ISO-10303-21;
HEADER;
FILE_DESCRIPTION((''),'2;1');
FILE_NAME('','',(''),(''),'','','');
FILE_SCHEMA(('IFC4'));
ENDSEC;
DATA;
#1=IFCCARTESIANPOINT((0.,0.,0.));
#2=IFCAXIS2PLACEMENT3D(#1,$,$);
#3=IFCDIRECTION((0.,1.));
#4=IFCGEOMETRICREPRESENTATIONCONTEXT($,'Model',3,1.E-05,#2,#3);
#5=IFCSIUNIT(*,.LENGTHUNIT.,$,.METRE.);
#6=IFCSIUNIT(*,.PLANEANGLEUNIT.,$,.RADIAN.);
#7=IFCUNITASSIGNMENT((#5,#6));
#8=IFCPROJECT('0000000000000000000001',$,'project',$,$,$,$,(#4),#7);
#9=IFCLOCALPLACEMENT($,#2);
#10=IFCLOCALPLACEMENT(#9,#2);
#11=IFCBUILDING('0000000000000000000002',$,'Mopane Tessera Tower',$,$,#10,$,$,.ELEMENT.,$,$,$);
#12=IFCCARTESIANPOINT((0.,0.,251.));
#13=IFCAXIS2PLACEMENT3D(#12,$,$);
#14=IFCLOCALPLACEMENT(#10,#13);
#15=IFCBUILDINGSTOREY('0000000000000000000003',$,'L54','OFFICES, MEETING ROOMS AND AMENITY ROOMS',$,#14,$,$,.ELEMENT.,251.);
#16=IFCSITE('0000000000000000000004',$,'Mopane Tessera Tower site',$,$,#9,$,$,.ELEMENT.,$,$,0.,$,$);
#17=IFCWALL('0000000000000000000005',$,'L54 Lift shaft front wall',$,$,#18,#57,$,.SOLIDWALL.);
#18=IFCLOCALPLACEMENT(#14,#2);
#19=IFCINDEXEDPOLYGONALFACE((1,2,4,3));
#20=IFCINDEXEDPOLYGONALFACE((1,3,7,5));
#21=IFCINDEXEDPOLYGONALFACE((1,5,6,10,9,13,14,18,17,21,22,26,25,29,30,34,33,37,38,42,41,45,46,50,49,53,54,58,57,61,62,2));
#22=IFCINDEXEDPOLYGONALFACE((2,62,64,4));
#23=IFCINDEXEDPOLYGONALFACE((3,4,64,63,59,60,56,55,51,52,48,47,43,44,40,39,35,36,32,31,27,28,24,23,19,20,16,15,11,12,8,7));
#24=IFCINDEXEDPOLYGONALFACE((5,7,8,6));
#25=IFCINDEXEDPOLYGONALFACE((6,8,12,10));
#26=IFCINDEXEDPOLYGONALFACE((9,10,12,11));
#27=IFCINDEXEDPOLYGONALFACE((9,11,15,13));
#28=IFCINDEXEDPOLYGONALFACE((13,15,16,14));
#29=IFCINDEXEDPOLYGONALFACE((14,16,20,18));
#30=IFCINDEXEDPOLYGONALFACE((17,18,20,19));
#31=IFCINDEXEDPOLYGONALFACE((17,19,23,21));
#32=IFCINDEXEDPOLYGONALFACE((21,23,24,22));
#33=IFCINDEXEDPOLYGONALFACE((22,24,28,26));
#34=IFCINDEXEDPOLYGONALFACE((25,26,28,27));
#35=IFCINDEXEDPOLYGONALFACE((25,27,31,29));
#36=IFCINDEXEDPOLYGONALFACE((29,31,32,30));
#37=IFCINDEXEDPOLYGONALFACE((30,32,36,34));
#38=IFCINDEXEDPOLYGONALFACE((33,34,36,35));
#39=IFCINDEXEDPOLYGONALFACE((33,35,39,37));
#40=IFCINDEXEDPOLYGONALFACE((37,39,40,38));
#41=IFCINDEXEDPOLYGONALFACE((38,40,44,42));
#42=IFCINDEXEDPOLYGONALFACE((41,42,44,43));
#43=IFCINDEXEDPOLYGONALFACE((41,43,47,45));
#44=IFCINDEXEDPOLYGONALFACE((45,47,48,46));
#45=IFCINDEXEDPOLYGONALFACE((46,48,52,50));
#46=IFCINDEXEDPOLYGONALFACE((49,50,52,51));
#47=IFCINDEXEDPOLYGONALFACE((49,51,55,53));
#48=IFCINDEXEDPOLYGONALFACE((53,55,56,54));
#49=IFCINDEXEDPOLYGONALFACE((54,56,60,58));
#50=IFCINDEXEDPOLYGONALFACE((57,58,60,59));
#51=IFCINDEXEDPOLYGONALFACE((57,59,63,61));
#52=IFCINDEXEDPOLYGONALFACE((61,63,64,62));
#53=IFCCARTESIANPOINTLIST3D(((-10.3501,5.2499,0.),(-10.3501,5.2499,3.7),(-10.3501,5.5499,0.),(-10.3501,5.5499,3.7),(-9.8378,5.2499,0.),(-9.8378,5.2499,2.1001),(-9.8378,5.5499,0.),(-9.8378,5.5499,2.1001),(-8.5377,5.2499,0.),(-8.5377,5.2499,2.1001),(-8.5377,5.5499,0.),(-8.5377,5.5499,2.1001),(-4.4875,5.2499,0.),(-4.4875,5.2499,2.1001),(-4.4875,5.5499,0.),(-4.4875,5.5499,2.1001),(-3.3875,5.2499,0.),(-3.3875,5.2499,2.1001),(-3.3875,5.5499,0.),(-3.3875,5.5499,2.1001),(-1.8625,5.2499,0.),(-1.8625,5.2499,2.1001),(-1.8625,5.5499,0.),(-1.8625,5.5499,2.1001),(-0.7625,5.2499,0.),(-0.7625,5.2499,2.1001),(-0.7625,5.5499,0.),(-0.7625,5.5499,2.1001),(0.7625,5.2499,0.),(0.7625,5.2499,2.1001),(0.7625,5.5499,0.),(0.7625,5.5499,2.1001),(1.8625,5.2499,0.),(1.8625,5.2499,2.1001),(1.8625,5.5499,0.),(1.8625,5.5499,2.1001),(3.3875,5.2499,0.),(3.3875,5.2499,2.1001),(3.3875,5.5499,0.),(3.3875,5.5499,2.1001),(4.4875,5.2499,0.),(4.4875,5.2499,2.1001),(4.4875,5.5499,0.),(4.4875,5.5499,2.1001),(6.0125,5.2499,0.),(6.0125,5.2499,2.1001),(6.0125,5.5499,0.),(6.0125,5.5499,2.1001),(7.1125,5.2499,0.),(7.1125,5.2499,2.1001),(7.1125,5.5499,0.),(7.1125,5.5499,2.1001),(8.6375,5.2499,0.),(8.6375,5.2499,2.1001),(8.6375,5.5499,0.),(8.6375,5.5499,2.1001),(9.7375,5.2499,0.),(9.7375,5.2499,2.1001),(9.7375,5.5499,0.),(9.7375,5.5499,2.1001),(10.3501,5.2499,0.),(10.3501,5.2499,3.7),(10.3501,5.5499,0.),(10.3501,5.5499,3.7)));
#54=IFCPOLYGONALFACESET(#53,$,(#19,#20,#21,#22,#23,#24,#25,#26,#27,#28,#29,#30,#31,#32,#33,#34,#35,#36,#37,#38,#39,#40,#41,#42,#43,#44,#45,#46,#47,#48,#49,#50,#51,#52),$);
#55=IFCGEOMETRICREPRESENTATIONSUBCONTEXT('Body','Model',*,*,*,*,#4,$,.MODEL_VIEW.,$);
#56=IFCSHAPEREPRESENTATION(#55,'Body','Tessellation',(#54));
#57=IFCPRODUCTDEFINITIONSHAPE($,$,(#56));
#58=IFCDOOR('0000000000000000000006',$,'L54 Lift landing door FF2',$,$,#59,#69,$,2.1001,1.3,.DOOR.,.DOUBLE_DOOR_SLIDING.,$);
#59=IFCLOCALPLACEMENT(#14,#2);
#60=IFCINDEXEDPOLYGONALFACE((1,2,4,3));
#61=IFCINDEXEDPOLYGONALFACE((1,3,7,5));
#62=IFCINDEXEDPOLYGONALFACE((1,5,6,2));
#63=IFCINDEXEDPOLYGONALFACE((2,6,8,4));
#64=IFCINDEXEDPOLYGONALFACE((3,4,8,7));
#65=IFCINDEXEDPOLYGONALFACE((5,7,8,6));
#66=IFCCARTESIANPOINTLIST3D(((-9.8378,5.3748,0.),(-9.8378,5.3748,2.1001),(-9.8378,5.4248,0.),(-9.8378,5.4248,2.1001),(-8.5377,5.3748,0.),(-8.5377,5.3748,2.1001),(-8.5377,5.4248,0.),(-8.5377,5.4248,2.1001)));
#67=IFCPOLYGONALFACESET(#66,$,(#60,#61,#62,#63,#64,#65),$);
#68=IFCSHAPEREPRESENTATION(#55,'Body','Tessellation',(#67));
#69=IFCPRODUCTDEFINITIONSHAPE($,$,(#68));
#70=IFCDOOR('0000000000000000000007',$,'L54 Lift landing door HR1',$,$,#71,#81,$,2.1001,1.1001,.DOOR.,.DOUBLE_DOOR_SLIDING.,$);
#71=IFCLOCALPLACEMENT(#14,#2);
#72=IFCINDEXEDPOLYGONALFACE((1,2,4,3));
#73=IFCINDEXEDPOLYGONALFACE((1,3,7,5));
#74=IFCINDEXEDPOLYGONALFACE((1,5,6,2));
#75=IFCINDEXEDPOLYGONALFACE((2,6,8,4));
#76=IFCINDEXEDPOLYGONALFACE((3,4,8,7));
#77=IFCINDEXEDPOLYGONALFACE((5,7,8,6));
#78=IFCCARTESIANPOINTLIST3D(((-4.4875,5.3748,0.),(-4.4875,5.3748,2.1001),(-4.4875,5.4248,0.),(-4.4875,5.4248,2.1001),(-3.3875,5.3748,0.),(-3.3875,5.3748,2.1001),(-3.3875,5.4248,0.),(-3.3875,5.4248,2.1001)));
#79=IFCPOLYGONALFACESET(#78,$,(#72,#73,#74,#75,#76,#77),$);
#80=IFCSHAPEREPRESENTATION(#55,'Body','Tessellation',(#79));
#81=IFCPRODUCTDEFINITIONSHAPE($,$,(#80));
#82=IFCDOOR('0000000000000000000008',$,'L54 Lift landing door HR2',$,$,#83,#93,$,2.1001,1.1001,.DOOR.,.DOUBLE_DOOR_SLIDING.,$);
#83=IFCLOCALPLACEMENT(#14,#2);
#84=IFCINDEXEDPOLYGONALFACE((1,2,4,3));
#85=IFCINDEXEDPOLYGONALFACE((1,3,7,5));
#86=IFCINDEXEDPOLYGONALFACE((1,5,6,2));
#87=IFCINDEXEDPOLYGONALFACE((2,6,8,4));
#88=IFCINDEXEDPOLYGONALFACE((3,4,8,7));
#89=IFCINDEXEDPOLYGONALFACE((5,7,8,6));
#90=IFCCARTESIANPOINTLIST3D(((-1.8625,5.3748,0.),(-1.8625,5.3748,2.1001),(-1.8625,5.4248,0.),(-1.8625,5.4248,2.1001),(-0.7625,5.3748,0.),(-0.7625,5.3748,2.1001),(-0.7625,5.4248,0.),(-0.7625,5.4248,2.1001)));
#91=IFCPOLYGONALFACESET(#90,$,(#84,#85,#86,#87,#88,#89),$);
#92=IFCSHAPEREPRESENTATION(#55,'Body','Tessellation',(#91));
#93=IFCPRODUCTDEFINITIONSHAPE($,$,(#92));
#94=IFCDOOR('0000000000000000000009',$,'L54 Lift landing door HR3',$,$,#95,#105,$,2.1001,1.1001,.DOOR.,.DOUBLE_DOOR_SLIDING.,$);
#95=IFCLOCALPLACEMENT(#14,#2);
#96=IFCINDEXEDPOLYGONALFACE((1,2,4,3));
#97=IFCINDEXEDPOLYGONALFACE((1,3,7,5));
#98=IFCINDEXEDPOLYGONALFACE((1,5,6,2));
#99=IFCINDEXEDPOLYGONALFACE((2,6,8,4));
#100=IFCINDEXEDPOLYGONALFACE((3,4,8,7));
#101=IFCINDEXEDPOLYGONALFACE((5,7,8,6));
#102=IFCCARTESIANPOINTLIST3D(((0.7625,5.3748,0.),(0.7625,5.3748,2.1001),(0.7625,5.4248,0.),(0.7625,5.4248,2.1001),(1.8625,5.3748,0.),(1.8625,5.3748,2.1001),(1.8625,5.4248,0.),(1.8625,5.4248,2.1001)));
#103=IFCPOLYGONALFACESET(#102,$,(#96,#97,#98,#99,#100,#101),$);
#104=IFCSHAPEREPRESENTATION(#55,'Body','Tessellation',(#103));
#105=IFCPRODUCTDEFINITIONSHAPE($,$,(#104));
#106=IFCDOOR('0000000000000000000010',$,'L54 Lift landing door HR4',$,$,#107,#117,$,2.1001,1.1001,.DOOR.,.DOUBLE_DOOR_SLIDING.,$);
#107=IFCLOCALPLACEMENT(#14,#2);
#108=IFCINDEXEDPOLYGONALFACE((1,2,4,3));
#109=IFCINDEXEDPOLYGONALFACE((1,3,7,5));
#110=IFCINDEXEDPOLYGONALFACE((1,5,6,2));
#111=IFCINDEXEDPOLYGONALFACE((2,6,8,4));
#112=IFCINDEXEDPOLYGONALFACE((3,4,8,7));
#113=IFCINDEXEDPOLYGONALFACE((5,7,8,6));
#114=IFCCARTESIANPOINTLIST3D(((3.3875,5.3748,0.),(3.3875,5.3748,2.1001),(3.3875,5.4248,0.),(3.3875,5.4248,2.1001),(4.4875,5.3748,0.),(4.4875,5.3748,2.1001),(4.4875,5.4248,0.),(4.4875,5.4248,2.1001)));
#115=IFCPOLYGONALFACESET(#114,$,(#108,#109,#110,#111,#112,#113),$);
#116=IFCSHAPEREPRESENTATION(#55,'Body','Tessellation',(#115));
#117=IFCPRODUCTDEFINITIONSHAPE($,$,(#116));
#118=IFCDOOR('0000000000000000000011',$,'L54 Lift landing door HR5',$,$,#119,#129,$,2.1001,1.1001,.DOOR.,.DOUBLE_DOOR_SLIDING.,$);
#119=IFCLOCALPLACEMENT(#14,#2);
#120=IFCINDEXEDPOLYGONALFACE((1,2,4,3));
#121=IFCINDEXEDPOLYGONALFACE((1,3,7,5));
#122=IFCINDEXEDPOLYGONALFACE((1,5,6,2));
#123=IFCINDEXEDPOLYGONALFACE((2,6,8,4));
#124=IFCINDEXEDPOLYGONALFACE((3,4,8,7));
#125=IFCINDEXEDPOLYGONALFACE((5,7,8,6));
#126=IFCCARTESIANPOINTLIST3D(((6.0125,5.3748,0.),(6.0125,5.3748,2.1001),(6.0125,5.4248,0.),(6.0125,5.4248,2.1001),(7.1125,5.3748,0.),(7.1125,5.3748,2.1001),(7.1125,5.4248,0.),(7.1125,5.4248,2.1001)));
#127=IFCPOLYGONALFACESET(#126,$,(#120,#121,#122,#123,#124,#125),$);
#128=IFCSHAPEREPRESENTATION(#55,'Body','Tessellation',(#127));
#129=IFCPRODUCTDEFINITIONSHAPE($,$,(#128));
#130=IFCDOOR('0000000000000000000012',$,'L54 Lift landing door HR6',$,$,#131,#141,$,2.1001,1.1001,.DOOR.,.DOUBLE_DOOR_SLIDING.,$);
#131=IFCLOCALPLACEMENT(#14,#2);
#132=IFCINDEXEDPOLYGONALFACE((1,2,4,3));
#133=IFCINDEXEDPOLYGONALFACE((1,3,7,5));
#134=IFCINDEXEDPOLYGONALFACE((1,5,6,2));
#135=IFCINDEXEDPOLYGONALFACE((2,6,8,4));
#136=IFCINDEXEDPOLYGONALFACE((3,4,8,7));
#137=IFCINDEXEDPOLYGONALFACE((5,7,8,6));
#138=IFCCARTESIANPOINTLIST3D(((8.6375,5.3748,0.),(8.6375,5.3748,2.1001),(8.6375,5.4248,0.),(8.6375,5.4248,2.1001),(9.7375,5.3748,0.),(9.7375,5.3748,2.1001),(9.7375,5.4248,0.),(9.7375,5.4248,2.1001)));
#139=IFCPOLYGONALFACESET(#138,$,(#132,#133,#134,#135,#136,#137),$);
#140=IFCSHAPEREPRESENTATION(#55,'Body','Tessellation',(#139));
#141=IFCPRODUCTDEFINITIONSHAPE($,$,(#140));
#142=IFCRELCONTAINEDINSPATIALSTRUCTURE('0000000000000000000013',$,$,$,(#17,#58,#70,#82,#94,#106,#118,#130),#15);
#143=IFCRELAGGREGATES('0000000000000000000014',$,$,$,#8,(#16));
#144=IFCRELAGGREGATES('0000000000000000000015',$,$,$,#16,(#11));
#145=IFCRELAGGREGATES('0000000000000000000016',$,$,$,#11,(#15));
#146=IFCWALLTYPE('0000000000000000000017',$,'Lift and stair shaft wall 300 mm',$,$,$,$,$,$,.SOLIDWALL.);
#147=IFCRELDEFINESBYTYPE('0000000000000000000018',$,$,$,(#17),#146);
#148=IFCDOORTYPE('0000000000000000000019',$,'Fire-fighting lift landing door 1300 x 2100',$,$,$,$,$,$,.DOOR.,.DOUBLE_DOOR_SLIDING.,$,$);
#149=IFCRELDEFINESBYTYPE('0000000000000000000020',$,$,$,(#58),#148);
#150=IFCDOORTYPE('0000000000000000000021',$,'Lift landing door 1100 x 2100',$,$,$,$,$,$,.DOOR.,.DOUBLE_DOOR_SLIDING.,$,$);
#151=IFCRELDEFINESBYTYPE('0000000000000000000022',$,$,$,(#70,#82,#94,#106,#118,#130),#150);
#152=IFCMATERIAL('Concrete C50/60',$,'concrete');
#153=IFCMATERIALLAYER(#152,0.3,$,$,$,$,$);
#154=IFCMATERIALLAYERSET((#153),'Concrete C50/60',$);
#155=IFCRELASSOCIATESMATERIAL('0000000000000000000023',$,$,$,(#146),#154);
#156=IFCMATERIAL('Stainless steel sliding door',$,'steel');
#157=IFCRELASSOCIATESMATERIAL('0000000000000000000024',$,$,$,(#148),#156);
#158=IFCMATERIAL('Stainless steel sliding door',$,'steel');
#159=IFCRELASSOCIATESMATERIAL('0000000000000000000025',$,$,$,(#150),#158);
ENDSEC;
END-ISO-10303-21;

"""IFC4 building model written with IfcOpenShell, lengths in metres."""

from ifc_helpers import new_model, si_unit, direction, frame, frame_2d, origin, place, context, subcontext, project, spatial, rectangle, extrude, material, layer, layer_set, type_object, element, fill, save


model = new_model("IFC4")

# Units and contexts
model_context = context("Model", 3, precision=1e-05, world=origin(), true_north=direction((0.0, 1.0)))
body_context = subcontext(model_context, "Body", "Model", "MODEL_VIEW")
ifc_project = project(units=[si_unit("LENGTHUNIT", "METRE"), si_unit("PLANEANGLEUNIT", "RADIAN")], contexts=[model_context])

# Site, building, storey
site_placement = place(None, origin())
site = spatial("IfcSite", under=ifc_project, at=site_placement, Name="Mopane Tessera Tower site", CompositionType="ELEMENT", RefElevation=0.0)
building_placement = place(site_placement, origin())
building = spatial("IfcBuilding", under=site, at=building_placement, Name="Mopane Tessera Tower", CompositionType="ELEMENT")
storey_placement = place(building_placement, frame((0.0, 0.0, 251.0)))
storey = spatial("IfcBuildingStorey", under=building, at=storey_placement, Name="L54", Description="OFFICES, MEETING ROOMS AND AMENITY ROOMS", CompositionType="ELEMENT", Elevation=251.0)

# Wall, openings, doors
ifc_material_1 = material(Name="Concrete C50/60", Category="concrete")
ifc_layer_1 = layer(ifc_material_1, 0.3)
ifc_layer_set_1 = layer_set([ifc_layer_1], Name="Concrete C50/60")
wall_type_1 = type_object("IfcWallType", Name="Lift and stair shaft wall 300 mm", PredefinedType="SOLIDWALL", material=ifc_layer_set_1)
ifc_material_2 = material(Name="Stainless steel sliding door", Category="steel")
door_type_1 = type_object("IfcDoorType", Name="Fire-fighting lift landing door 1300 x 2100", OperationType="DOUBLE_DOOR_SLIDING", PredefinedType="DOOR", material=ifc_material_2)
wall_1_placement = place(storey_placement, frame((-10.3501, 5.3999, 0.0), z_axis=(0.0, 0.0, 1.0), x_axis=(1.0, 0.0, 0.0)))
wall_1 = element("IfcWall", 1, at=wall_1_placement, inside=storey, type_object=wall_type_1, Name="L54 Lift shaft front wall", PredefinedType="SOLIDWALL", context=body_context, shape_type="SweptSolid", body=[
    extrude(rectangle(XDim=20.7002, YDim=0.3, at=frame_2d((10.3501, 0.0))), origin(), (0.0, 0.0, 1.0), 3.7),
])
opening_1_placement = place(wall_1_placement, frame((0.5125, 0.0, 0.0)))
opening_1 = element("IfcOpeningElement", 2, at=opening_1_placement, cuts=wall_1, PredefinedType="OPENING", context=body_context, shape_type="SweptSolid", body=[
    extrude(rectangle(XDim=1.3, YDim=2.1001, at=frame_2d((0.6499, 1.05))), frame((0.0, 0.1621, 0.0), z_axis=(0.0, -1.0, 0.0), x_axis=(1.0, 0.0, 0.0)), (0.0, 0.0, 1.0), 0.324),
])
opening_2_placement = place(wall_1_placement, frame((5.8625, 0.0, 0.0)))
opening_2 = element("IfcOpeningElement", 3, at=opening_2_placement, cuts=wall_1, PredefinedType="OPENING", context=body_context, shape_type="SweptSolid", body=[
    extrude(rectangle(XDim=1.1001, YDim=2.1001, at=frame_2d((0.55, 1.05))), frame((0.0, 0.1621, 0.0), z_axis=(0.0, -1.0, 0.0), x_axis=(1.0, 0.0, 0.0)), (0.0, 0.0, 1.0), 0.324),
])
opening_3_placement = place(wall_1_placement, frame((8.4875, 0.0, 0.0)))
opening_3 = element("IfcOpeningElement", 4, at=opening_3_placement, cuts=wall_1, PredefinedType="OPENING", context=body_context, shape_type="SweptSolid", body=[
    extrude(rectangle(XDim=1.1001, YDim=2.1001, at=frame_2d((0.55, 1.05))), frame((0.0, 0.1621, 0.0), z_axis=(0.0, -1.0, 0.0), x_axis=(1.0, 0.0, 0.0)), (0.0, 0.0, 1.0), 0.324),
])
opening_4_placement = place(wall_1_placement, frame((11.1125, 0.0, 0.0)))
opening_4 = element("IfcOpeningElement", 5, at=opening_4_placement, cuts=wall_1, PredefinedType="OPENING", context=body_context, shape_type="SweptSolid", body=[
    extrude(rectangle(XDim=1.1001, YDim=2.1001, at=frame_2d((0.55, 1.05))), frame((0.0, 0.1621, 0.0), z_axis=(0.0, -1.0, 0.0), x_axis=(1.0, 0.0, 0.0)), (0.0, 0.0, 1.0), 0.324),
])
opening_5_placement = place(wall_1_placement, frame((13.7375, 0.0, 0.0)))
opening_5 = element("IfcOpeningElement", 6, at=opening_5_placement, cuts=wall_1, PredefinedType="OPENING", context=body_context, shape_type="SweptSolid", body=[
    extrude(rectangle(XDim=1.1001, YDim=2.1001, at=frame_2d((0.55, 1.05))), frame((0.0, 0.1621, 0.0), z_axis=(0.0, -1.0, 0.0), x_axis=(1.0, 0.0, 0.0)), (0.0, 0.0, 1.0), 0.324),
])
opening_6_placement = place(wall_1_placement, frame((16.3625, 0.0, 0.0)))
opening_6 = element("IfcOpeningElement", 7, at=opening_6_placement, cuts=wall_1, PredefinedType="OPENING", context=body_context, shape_type="SweptSolid", body=[
    extrude(rectangle(XDim=1.1001, YDim=2.1001, at=frame_2d((0.55, 1.05))), frame((0.0, 0.1621, 0.0), z_axis=(0.0, -1.0, 0.0), x_axis=(1.0, 0.0, 0.0)), (0.0, 0.0, 1.0), 0.324),
])
opening_7_placement = place(wall_1_placement, frame((18.9875, 0.0, 0.0)))
opening_7 = element("IfcOpeningElement", 8, at=opening_7_placement, cuts=wall_1, PredefinedType="OPENING", context=body_context, shape_type="SweptSolid", body=[
    extrude(rectangle(XDim=1.1001, YDim=2.1001, at=frame_2d((0.55, 1.05))), frame((0.0, 0.1621, 0.0), z_axis=(0.0, -1.0, 0.0), x_axis=(1.0, 0.0, 0.0)), (0.0, 0.0, 1.0), 0.324),
])
door_1_placement = place(opening_1_placement, origin())
door_1 = element("IfcDoor", 9, at=door_1_placement, inside=storey, type_object=door_type_1, Name="L54 Lift landing door FF2", OperationType="DOUBLE_DOOR_SLIDING", OverallHeight=2.1001, OverallWidth=1.3, PredefinedType="DOOR", context=body_context, shape_type="SweptSolid", body=[
    extrude(rectangle(XDim=1.3, YDim=2.1001, at=frame_2d((0.6499, 1.05))), frame((0.0, 0.0249, 0.0), z_axis=(0.0, -1.0, 0.0), x_axis=(1.0, 0.0, 0.0)), (0.0, 0.0, 1.0), 0.05),
])
fill(opening_1, door_1)
ifc_material_3 = material(Name="Stainless steel sliding door", Category="steel")
door_type_2 = type_object("IfcDoorType", Name="Lift landing door 1100 x 2100", OperationType="DOUBLE_DOOR_SLIDING", PredefinedType="DOOR", material=ifc_material_3)
door_2_placement = place(opening_2_placement, origin())
door_2 = element("IfcDoor", 10, at=door_2_placement, inside=storey, type_object=door_type_2, Name="L54 Lift landing door HR1", OperationType="DOUBLE_DOOR_SLIDING", OverallHeight=2.1001, OverallWidth=1.1001, PredefinedType="DOOR", context=body_context, shape_type="SweptSolid", body=[
    extrude(rectangle(XDim=1.1001, YDim=2.1001, at=frame_2d((0.55, 1.05))), frame((0.0, 0.0249, 0.0), z_axis=(0.0, -1.0, 0.0), x_axis=(1.0, 0.0, 0.0)), (0.0, 0.0, 1.0), 0.05),
])
fill(opening_2, door_2)
door_3_placement = place(opening_3_placement, origin())
door_3 = element("IfcDoor", 11, at=door_3_placement, inside=storey, type_object=door_type_2, Name="L54 Lift landing door HR2", OperationType="DOUBLE_DOOR_SLIDING", OverallHeight=2.1001, OverallWidth=1.1001, PredefinedType="DOOR", context=body_context, shape_type="SweptSolid", body=[
    extrude(rectangle(XDim=1.1001, YDim=2.1001, at=frame_2d((0.55, 1.05))), frame((0.0, 0.0249, 0.0), z_axis=(0.0, -1.0, 0.0), x_axis=(1.0, 0.0, 0.0)), (0.0, 0.0, 1.0), 0.05),
])
fill(opening_3, door_3)
door_4_placement = place(opening_4_placement, origin())
door_4 = element("IfcDoor", 12, at=door_4_placement, inside=storey, type_object=door_type_2, Name="L54 Lift landing door HR3", OperationType="DOUBLE_DOOR_SLIDING", OverallHeight=2.1001, OverallWidth=1.1001, PredefinedType="DOOR", context=body_context, shape_type="SweptSolid", body=[
    extrude(rectangle(XDim=1.1001, YDim=2.1001, at=frame_2d((0.55, 1.05))), frame((0.0, 0.0249, 0.0), z_axis=(0.0, -1.0, 0.0), x_axis=(1.0, 0.0, 0.0)), (0.0, 0.0, 1.0), 0.05),
])
fill(opening_4, door_4)
door_5_placement = place(opening_5_placement, origin())
door_5 = element("IfcDoor", 13, at=door_5_placement, inside=storey, type_object=door_type_2, Name="L54 Lift landing door HR4", OperationType="DOUBLE_DOOR_SLIDING", OverallHeight=2.1001, OverallWidth=1.1001, PredefinedType="DOOR", context=body_context, shape_type="SweptSolid", body=[
    extrude(rectangle(XDim=1.1001, YDim=2.1001, at=frame_2d((0.55, 1.05))), frame((0.0, 0.0249, 0.0), z_axis=(0.0, -1.0, 0.0), x_axis=(1.0, 0.0, 0.0)), (0.0, 0.0, 1.0), 0.05),
])
fill(opening_5, door_5)
door_6_placement = place(opening_6_placement, origin())
door_6 = element("IfcDoor", 14, at=door_6_placement, inside=storey, type_object=door_type_2, Name="L54 Lift landing door HR5", OperationType="DOUBLE_DOOR_SLIDING", OverallHeight=2.1001, OverallWidth=1.1001, PredefinedType="DOOR", context=body_context, shape_type="SweptSolid", body=[
    extrude(rectangle(XDim=1.1001, YDim=2.1001, at=frame_2d((0.55, 1.05))), frame((0.0, 0.0249, 0.0), z_axis=(0.0, -1.0, 0.0), x_axis=(1.0, 0.0, 0.0)), (0.0, 0.0, 1.0), 0.05),
])
fill(opening_6, door_6)
door_7_placement = place(opening_7_placement, origin())
door_7 = element("IfcDoor", 15, at=door_7_placement, inside=storey, type_object=door_type_2, Name="L54 Lift landing door HR6", OperationType="DOUBLE_DOOR_SLIDING", OverallHeight=2.1001, OverallWidth=1.1001, PredefinedType="DOOR", context=body_context, shape_type="SweptSolid", body=[
    extrude(rectangle(XDim=1.1001, YDim=2.1001, at=frame_2d((0.55, 1.05))), frame((0.0, 0.0249, 0.0), z_axis=(0.0, -1.0, 0.0), x_axis=(1.0, 0.0, 0.0)), (0.0, 0.0, 1.0), 0.05),
])
fill(opening_7, door_7)

save(model, "model.ifc")
